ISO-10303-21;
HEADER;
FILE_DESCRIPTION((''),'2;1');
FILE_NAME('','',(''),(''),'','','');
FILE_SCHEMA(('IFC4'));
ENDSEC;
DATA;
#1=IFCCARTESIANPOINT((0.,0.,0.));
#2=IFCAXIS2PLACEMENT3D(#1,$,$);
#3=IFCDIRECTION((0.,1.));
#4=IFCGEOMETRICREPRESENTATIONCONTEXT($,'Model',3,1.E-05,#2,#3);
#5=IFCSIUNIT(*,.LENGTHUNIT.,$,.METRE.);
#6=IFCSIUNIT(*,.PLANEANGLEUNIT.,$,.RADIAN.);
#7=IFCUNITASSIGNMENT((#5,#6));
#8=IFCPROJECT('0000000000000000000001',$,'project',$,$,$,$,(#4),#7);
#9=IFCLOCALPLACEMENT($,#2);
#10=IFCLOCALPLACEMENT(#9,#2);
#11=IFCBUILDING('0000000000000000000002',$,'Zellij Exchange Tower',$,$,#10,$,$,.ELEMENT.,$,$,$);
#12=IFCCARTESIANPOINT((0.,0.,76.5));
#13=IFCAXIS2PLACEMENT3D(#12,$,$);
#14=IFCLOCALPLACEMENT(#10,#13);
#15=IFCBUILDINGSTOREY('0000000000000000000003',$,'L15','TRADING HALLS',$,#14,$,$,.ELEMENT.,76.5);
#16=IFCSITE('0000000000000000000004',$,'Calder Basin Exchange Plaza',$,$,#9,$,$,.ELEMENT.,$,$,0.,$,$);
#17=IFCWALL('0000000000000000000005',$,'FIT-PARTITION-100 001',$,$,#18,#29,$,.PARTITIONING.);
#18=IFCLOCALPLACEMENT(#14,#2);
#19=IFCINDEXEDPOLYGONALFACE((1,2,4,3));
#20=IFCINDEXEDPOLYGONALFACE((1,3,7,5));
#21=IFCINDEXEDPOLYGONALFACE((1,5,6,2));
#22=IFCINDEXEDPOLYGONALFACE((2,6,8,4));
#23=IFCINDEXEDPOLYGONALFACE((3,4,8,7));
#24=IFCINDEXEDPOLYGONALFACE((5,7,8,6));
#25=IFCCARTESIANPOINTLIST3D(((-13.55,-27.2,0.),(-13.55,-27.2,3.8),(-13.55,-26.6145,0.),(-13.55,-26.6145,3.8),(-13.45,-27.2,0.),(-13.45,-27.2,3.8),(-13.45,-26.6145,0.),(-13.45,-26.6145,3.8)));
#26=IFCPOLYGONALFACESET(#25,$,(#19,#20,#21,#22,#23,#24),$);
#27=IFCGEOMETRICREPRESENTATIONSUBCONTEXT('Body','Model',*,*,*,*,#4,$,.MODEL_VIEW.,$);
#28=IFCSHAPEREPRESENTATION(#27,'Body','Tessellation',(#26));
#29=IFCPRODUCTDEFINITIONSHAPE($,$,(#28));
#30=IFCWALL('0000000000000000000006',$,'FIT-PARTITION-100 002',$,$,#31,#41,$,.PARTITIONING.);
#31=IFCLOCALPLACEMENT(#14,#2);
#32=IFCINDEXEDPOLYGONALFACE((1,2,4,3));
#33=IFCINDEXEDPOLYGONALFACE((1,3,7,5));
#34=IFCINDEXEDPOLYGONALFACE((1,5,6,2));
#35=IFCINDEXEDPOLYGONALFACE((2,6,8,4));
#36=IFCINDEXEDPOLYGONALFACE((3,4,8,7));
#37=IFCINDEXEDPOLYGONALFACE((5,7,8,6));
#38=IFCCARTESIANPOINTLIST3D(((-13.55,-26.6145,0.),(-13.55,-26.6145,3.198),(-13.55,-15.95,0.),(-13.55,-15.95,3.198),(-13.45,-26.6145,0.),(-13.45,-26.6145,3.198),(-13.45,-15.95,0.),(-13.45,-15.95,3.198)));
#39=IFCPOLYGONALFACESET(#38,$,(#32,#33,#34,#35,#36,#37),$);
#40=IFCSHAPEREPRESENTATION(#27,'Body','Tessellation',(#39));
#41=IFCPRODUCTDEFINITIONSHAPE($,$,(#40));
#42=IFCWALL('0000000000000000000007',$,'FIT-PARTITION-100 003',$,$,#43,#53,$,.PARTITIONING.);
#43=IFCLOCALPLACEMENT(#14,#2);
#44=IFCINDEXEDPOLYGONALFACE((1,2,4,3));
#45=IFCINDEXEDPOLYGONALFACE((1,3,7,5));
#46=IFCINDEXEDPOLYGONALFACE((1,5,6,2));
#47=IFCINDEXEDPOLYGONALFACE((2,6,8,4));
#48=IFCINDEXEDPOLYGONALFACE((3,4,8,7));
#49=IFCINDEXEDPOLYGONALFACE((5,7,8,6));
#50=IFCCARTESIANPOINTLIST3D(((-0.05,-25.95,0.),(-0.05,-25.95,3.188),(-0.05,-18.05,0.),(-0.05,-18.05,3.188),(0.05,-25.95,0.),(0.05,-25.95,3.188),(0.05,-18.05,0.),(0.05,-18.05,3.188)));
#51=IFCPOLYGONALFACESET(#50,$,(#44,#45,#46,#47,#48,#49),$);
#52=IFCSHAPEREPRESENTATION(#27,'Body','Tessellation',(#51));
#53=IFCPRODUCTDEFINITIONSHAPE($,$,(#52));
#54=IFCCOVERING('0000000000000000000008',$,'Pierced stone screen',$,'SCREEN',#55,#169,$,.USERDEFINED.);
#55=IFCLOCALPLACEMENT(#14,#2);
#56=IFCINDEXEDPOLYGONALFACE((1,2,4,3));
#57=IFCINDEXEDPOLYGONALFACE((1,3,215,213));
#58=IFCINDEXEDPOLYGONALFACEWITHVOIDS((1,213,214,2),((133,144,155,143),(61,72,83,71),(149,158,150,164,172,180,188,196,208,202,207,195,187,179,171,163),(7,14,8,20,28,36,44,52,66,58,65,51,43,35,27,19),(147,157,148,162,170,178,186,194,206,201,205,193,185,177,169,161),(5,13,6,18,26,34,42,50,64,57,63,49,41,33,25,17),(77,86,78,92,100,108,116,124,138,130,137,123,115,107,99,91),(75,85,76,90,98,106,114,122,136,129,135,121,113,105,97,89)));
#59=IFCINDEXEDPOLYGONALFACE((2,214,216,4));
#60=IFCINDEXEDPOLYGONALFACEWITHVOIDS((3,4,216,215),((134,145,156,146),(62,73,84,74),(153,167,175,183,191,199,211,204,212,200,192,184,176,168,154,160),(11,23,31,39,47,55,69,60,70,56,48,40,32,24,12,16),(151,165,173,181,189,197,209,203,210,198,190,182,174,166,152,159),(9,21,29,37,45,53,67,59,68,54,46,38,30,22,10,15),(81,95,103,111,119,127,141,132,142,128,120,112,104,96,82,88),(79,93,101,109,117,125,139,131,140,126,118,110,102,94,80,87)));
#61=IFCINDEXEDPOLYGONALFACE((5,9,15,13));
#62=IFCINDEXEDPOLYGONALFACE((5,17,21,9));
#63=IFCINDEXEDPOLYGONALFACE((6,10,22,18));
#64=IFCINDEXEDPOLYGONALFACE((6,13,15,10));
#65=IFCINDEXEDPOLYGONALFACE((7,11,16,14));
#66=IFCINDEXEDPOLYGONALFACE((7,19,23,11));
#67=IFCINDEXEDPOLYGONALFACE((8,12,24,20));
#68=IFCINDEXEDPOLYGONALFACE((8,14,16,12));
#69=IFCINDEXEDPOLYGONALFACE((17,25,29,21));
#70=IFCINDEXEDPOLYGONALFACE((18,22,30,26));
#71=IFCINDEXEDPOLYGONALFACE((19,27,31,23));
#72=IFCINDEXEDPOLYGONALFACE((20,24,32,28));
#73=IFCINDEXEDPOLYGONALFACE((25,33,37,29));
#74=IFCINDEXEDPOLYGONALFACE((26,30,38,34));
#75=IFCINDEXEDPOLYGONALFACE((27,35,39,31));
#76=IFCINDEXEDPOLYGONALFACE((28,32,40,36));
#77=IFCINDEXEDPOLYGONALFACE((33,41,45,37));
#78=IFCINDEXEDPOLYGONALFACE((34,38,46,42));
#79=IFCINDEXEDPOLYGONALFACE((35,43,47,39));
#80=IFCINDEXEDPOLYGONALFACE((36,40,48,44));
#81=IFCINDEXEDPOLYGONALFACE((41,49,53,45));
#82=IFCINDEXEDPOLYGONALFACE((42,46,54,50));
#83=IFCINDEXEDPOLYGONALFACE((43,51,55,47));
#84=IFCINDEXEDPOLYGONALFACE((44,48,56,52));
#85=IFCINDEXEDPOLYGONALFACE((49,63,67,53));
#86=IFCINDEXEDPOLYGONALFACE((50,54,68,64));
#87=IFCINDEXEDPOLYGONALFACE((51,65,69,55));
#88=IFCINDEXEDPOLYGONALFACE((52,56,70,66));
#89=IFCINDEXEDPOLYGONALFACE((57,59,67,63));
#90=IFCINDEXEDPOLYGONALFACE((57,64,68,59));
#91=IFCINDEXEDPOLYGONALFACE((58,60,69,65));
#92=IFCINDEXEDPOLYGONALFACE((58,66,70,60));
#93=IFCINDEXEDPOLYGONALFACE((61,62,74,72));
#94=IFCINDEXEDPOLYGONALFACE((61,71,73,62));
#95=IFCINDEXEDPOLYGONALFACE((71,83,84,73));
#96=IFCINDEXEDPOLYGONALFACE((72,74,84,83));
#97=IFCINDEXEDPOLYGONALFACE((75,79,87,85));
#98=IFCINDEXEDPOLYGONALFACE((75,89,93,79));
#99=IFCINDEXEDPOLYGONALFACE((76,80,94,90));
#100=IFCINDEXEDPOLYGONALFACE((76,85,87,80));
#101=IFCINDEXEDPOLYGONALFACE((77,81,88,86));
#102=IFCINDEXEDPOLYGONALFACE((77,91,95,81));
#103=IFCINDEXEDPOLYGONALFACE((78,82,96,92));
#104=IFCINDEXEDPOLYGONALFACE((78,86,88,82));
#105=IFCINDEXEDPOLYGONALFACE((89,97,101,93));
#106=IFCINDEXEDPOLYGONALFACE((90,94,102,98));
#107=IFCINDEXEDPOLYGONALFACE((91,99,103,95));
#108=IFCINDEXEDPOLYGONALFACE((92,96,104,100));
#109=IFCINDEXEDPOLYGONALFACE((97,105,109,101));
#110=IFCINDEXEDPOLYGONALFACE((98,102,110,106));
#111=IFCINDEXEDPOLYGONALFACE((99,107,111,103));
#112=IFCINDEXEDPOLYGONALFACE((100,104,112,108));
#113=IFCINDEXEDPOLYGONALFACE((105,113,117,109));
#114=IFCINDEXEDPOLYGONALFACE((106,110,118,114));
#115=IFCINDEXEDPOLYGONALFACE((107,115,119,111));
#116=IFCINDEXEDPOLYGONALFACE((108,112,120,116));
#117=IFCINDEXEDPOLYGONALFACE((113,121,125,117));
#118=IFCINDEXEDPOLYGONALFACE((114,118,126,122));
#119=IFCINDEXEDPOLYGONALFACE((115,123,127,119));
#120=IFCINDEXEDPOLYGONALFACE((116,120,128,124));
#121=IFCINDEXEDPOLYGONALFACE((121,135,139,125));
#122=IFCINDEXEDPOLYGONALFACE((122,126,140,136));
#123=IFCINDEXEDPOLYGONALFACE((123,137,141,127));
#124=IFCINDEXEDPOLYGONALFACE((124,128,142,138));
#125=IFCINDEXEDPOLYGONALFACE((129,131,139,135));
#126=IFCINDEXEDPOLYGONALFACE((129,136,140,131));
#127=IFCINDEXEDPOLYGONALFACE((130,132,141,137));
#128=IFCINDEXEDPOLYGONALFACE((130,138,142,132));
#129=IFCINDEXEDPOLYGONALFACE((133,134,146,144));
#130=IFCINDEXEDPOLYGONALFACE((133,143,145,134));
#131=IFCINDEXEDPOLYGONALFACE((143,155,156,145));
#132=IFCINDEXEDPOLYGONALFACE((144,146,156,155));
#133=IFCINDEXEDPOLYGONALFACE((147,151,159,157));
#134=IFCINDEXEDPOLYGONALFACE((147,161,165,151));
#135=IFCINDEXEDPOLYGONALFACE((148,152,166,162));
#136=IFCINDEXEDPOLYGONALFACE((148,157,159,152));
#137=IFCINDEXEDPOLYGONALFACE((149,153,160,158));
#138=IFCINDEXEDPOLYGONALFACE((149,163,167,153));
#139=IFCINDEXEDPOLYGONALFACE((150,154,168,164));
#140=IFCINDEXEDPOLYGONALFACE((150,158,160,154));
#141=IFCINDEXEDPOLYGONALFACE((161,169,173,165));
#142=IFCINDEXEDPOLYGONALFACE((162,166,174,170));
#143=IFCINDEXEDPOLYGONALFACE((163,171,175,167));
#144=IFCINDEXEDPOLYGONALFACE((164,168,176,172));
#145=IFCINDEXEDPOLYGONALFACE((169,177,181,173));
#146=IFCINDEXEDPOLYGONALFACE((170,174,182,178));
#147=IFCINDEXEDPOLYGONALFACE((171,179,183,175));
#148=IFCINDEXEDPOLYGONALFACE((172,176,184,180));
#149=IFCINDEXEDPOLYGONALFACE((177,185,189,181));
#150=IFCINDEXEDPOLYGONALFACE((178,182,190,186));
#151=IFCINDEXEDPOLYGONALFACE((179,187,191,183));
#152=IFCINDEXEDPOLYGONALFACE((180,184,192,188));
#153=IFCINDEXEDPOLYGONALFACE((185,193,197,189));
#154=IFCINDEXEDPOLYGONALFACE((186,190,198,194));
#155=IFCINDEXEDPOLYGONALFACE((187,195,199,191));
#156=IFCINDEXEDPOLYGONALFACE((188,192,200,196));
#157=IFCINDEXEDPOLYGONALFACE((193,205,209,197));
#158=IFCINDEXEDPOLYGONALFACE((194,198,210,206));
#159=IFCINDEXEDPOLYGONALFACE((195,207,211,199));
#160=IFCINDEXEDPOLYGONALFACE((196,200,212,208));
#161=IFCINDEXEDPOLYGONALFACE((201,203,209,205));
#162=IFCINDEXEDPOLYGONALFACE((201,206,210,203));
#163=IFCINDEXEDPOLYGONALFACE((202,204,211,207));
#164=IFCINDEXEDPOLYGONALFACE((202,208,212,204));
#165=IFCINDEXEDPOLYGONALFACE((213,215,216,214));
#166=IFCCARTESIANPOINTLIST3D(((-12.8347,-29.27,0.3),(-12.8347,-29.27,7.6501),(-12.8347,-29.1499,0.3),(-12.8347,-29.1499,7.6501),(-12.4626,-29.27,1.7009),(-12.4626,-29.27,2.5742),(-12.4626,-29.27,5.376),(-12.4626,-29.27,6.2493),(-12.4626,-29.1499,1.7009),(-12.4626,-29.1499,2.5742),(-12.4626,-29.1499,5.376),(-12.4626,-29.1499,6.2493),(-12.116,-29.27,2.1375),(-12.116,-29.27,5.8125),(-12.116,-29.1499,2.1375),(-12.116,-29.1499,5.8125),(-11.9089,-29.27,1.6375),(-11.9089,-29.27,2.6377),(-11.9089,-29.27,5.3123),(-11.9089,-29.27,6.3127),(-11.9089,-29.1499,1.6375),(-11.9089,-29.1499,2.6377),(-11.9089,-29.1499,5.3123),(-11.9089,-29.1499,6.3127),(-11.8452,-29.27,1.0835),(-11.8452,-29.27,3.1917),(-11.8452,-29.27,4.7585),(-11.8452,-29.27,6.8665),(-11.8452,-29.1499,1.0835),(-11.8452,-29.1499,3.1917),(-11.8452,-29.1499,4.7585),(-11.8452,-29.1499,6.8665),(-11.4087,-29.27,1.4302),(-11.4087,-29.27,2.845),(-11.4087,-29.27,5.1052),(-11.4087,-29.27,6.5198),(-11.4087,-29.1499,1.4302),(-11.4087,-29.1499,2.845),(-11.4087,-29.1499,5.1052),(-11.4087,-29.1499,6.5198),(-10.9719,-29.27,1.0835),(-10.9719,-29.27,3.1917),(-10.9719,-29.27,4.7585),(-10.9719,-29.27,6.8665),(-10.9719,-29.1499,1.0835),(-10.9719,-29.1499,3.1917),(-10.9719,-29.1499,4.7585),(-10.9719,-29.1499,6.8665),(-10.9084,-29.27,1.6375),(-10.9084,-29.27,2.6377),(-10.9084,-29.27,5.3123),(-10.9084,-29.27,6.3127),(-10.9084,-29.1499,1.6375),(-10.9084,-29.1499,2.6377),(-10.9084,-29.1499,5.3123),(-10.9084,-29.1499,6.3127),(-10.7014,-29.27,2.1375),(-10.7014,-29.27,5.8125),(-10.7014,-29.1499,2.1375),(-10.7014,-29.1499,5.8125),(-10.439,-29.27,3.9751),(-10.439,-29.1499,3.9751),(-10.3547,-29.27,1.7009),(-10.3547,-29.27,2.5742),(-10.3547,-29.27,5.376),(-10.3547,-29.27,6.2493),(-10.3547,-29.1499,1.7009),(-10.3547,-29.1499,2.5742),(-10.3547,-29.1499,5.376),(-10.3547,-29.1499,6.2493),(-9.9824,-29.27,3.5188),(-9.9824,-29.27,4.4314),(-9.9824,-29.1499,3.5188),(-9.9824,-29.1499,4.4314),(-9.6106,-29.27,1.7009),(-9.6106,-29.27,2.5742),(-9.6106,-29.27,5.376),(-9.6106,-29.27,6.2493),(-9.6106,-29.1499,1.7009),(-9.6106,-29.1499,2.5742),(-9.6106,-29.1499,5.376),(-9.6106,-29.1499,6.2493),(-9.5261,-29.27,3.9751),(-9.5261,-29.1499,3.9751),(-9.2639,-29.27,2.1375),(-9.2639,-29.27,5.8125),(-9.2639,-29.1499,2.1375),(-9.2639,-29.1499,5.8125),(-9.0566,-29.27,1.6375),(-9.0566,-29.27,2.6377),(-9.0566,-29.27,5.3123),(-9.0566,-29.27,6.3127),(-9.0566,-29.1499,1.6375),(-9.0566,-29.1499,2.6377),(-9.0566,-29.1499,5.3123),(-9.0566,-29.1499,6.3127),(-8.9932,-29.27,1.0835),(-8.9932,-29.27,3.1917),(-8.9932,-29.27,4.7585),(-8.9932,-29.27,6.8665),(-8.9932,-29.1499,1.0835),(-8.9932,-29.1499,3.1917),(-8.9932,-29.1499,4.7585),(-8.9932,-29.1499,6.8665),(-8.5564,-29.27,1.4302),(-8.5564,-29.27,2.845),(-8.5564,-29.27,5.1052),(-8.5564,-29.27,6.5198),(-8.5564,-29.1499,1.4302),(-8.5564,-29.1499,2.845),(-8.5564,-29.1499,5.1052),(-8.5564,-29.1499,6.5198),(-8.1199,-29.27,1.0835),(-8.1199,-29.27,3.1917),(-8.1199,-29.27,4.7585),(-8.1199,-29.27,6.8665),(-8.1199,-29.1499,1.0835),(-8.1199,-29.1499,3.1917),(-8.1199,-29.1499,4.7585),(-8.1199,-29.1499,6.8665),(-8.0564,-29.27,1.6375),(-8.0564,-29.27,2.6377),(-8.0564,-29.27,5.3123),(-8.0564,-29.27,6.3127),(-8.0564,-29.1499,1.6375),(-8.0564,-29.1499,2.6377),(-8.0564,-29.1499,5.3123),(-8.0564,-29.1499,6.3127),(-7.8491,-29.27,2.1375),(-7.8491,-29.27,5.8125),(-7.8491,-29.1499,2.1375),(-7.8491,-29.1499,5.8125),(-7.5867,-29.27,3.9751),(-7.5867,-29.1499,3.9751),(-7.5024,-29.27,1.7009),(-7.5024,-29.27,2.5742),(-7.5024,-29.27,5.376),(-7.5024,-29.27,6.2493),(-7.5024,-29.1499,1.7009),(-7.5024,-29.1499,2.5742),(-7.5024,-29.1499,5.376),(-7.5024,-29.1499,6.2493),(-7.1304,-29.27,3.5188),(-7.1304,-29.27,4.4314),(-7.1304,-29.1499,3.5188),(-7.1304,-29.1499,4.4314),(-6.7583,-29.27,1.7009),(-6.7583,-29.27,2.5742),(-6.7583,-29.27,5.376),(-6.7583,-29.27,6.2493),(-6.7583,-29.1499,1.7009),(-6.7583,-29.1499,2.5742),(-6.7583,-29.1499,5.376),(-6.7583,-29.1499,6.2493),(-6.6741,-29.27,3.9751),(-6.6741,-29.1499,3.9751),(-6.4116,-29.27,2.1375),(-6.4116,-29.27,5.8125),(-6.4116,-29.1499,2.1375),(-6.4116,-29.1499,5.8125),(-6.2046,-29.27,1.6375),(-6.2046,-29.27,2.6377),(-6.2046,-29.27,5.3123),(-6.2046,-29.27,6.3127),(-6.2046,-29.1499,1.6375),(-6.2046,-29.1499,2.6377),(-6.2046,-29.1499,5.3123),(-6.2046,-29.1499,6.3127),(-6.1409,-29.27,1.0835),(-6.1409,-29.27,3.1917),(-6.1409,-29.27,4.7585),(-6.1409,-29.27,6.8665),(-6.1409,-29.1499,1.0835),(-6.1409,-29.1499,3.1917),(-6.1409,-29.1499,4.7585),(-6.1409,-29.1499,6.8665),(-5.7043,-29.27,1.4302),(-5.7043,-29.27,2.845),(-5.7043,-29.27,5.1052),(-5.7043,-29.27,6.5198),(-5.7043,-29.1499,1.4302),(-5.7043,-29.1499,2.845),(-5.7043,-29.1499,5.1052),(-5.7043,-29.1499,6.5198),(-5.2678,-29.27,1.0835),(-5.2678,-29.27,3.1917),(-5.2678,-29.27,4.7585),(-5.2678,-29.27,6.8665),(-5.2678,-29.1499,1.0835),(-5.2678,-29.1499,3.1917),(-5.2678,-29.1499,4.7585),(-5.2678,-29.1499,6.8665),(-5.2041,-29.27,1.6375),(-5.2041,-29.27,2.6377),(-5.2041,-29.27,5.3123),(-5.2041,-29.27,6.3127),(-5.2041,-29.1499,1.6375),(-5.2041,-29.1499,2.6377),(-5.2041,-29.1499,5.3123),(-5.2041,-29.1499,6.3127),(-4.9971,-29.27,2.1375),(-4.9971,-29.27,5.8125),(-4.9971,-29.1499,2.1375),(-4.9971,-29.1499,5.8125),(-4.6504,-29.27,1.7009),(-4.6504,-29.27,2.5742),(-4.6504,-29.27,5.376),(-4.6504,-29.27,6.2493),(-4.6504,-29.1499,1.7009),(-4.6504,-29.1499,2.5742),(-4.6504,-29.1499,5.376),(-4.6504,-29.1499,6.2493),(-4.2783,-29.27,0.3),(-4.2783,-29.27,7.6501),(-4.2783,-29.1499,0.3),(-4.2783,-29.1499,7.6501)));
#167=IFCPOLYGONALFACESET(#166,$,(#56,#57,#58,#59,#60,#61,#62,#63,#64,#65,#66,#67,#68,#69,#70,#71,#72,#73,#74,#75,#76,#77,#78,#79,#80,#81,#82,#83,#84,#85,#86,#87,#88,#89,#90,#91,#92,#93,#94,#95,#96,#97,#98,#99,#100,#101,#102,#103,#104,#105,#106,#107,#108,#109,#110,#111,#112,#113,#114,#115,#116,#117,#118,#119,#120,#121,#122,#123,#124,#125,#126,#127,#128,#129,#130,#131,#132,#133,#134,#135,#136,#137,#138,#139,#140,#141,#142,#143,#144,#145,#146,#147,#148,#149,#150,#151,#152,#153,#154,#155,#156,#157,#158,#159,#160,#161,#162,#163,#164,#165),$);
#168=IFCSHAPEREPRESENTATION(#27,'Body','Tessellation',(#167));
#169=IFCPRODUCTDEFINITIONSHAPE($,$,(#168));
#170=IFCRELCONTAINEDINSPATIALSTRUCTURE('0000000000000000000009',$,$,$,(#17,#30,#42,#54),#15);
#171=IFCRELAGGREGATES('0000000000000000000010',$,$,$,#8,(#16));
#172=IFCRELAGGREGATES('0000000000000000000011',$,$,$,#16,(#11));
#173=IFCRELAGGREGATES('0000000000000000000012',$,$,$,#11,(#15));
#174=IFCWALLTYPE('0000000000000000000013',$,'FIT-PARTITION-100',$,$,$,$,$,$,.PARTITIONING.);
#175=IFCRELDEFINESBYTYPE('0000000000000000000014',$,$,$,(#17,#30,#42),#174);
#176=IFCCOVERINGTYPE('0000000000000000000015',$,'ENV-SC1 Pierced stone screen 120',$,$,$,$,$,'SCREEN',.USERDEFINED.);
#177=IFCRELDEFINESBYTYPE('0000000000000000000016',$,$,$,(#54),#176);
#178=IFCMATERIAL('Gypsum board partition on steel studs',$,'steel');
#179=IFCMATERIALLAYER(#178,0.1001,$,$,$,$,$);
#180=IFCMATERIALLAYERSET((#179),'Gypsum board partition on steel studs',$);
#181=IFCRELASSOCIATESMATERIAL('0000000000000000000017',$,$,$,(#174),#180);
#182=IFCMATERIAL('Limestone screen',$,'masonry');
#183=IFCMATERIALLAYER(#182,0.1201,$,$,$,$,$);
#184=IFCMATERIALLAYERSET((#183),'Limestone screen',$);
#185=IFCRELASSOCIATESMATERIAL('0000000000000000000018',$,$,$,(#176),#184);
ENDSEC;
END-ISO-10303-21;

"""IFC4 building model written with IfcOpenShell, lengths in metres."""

from ifc_helpers import new_model, si_unit, direction, frame, frame_2d, origin, place, context, subcontext, project, spatial, polyline, rectangle, outline, extrude, material, layer, layer_set, type_object, element, save


model = new_model("IFC4")

# Units and contexts
model_context = context("Model", 3, precision=1e-05, world=origin(), true_north=direction((0.0, 1.0)))
body_context = subcontext(model_context, "Body", "Model", "MODEL_VIEW")
ifc_project = project(units=[si_unit("LENGTHUNIT", "METRE"), si_unit("PLANEANGLEUNIT", "RADIAN")], contexts=[model_context])

# Site, building, storey
site_placement = place(None, origin())
site = spatial("IfcSite", under=ifc_project, at=site_placement, Name="Calder Basin Exchange Plaza", CompositionType="ELEMENT", RefElevation=0.0)
building_placement = place(site_placement, origin())
building = spatial("IfcBuilding", under=site, at=building_placement, Name="Zellij Exchange Tower", CompositionType="ELEMENT")
storey_placement = place(building_placement, frame((0.0, 0.0, 76.5)))
storey = spatial("IfcBuildingStorey", under=building, at=storey_placement, Name="L15", Description="TRADING HALLS", CompositionType="ELEMENT", Elevation=76.5)

# Walls
ifc_material_1 = material(Name="Gypsum board partition on steel studs", Category="steel")
ifc_layer_1 = layer(ifc_material_1, 0.1001)
ifc_layer_set_1 = layer_set([ifc_layer_1], Name="Gypsum board partition on steel studs")
wall_type = type_object("IfcWallType", Name="FIT-PARTITION-100", PredefinedType="PARTITIONING", material=ifc_layer_set_1)
wall_1_placement = place(storey_placement, frame((-13.5, -27.2, 0.0), z_axis=(0.0, 0.0, 1.0), x_axis=(0.0, 1.0, 0.0)))
element("IfcWall", 1, at=wall_1_placement, inside=storey, type_object=wall_type, Name="FIT-PARTITION-100 001", PredefinedType="PARTITIONING", context=body_context, shape_type="SweptSolid", body=[
    extrude(rectangle(XDim=0.5854, YDim=0.1001, at=frame_2d((0.2927, 0.0))), origin(), (0.0, 0.0, 1.0), 3.8),
])
wall_2_placement = place(storey_placement, frame((-13.5, -26.6145, 0.0), z_axis=(0.0, 0.0, 1.0), x_axis=(0.0, 1.0, 0.0)))
element("IfcWall", 2, at=wall_2_placement, inside=storey, type_object=wall_type, Name="FIT-PARTITION-100 002", PredefinedType="PARTITIONING", context=body_context, shape_type="SweptSolid", body=[
    extrude(rectangle(XDim=10.6646, YDim=0.1001, at=frame_2d((5.3323, 0.0))), origin(), (0.0, 0.0, 1.0), 3.198),
])
wall_3_placement = place(storey_placement, frame((0.0, -25.95, 0.0), z_axis=(0.0, 0.0, 1.0), x_axis=(0.0, 1.0, 0.0)))
element("IfcWall", 3, at=wall_3_placement, inside=storey, type_object=wall_type, Name="FIT-PARTITION-100 003", PredefinedType="PARTITIONING", context=body_context, shape_type="SweptSolid", body=[
    extrude(rectangle(XDim=7.8999, YDim=0.1001, at=frame_2d((3.95, 0.0))), origin(), (0.0, 0.0, 1.0), 3.188),
])

# Covering
ifc_material_2 = material(Name="Limestone screen", Category="masonry")
ifc_layer_2 = layer(ifc_material_2, 0.1201)
ifc_layer_set_2 = layer_set([ifc_layer_2], Name="Limestone screen")
covering_type = type_object("IfcCoveringType", Name="ENV-SC1 Pierced stone screen 120", ElementType="SCREEN", PredefinedType="USERDEFINED", material=ifc_layer_set_2)
covering_1_placement = place(storey_placement, frame((-12.8347, -29.21, 0.3), z_axis=(0.0, 0.0, 1.0), x_axis=(1.0, 0.0, 0.0)))
element("IfcCovering", 4, at=covering_1_placement, inside=storey, type_object=covering_type, Name="Pierced stone screen", ObjectType="SCREEN", PredefinedType="USERDEFINED", context=body_context, shape_type="SweptSolid", body=[
    extrude(outline(polyline([(0.0, 0.0), (8.5564, 0.0), (8.5564, 7.3501), (0.0, 7.3501), (0.0, 0.0)]), holes=[polyline([(2.48, 2.2742), (1.9263, 2.3376), (1.8628, 2.8916), (1.426, 2.5449), (0.9895, 2.8916), (0.9258, 2.3376), (0.3721, 2.2742), (0.7188, 1.8374), (0.3721, 1.4009), (0.9258, 1.3374), (0.9895, 0.7834), (1.426, 1.1301), (1.8628, 0.7834), (1.9263, 1.3374), (2.48, 1.4009), (2.1333, 1.8374), (2.48, 2.2742)]), polyline([(2.48, 5.9492), (1.9263, 6.0127), (1.8628, 6.5664), (1.426, 6.2197), (0.9895, 6.5664), (0.9258, 6.0127), (0.3721, 5.9492), (0.7188, 5.5125), (0.3721, 5.0759), (0.9258, 5.0122), (0.9895, 4.4585), (1.426, 4.8052), (1.8628, 4.4585), (1.9263, 5.0122), (2.48, 5.0759), (2.1333, 5.5125), (2.48, 5.9492)]), polyline([(5.3323, 2.2742), (4.7783, 2.3376), (4.7148, 2.8916), (4.2783, 2.5449), (3.8416, 2.8916), (3.7781, 2.3376), (3.2241, 2.2742), (3.5708, 1.8374), (3.2241, 1.4009), (3.7781, 1.3374), (3.8416, 0.7834), (4.2783, 1.1301), (4.7148, 0.7834), (4.7783, 1.3374), (5.3323, 1.4009), (4.9856, 1.8374), (5.3323, 2.2742)]), polyline([(5.3323, 5.9492), (4.7783, 6.0127), (4.7148, 6.5664), (4.2783, 6.2197), (3.8416, 6.5664), (3.7781, 6.0127), (3.2241, 5.9492), (3.5708, 5.5125), (3.2241, 5.0759), (3.7781, 5.0122), (3.8416, 4.4585), (4.2783, 4.8052), (4.7148, 4.4585), (4.7783, 5.0122), (5.3323, 5.0759), (4.9856, 5.5125), (5.3323, 5.9492)]), polyline([(8.1843, 2.2742), (7.6306, 2.3376), (7.5669, 2.8916), (7.1304, 2.5449), (6.6938, 2.8916), (6.6301, 2.3376), (6.0764, 2.2742), (6.4231, 1.8374), (6.0764, 1.4009), (6.6301, 1.3374), (6.6938, 0.7834), (7.1304, 1.1301), (7.5669, 0.7834), (7.6306, 1.3374), (8.1843, 1.4009), (7.8376, 1.8374), (8.1843, 2.2742)]), polyline([(8.1843, 5.9492), (7.6306, 6.0127), (7.5669, 6.5664), (7.1304, 6.2197), (6.6938, 6.5664), (6.6301, 6.0127), (6.0764, 5.9492), (6.4231, 5.5125), (6.0764, 5.0759), (6.6301, 5.0122), (6.6938, 4.4585), (7.1304, 4.8052), (7.5669, 4.4585), (7.6306, 5.0122), (8.1843, 5.0759), (7.8376, 5.5125), (8.1843, 5.9492)]), polyline([(3.3086, 3.675), (2.8523, 4.1313), (2.3958, 3.675), (2.8523, 3.2188), (3.3086, 3.675)]), polyline([(6.1606, 3.675), (5.7043, 4.1313), (5.248, 3.675), (5.7043, 3.2188), (6.1606, 3.675)])]), frame((0.0, 0.0601, 0.0), z_axis=(0.0, -1.0, 0.0), x_axis=(1.0, 0.0, 0.0)), (0.0, 0.0, 1.0), 0.1201),
])

save(model, "model.ifc")
